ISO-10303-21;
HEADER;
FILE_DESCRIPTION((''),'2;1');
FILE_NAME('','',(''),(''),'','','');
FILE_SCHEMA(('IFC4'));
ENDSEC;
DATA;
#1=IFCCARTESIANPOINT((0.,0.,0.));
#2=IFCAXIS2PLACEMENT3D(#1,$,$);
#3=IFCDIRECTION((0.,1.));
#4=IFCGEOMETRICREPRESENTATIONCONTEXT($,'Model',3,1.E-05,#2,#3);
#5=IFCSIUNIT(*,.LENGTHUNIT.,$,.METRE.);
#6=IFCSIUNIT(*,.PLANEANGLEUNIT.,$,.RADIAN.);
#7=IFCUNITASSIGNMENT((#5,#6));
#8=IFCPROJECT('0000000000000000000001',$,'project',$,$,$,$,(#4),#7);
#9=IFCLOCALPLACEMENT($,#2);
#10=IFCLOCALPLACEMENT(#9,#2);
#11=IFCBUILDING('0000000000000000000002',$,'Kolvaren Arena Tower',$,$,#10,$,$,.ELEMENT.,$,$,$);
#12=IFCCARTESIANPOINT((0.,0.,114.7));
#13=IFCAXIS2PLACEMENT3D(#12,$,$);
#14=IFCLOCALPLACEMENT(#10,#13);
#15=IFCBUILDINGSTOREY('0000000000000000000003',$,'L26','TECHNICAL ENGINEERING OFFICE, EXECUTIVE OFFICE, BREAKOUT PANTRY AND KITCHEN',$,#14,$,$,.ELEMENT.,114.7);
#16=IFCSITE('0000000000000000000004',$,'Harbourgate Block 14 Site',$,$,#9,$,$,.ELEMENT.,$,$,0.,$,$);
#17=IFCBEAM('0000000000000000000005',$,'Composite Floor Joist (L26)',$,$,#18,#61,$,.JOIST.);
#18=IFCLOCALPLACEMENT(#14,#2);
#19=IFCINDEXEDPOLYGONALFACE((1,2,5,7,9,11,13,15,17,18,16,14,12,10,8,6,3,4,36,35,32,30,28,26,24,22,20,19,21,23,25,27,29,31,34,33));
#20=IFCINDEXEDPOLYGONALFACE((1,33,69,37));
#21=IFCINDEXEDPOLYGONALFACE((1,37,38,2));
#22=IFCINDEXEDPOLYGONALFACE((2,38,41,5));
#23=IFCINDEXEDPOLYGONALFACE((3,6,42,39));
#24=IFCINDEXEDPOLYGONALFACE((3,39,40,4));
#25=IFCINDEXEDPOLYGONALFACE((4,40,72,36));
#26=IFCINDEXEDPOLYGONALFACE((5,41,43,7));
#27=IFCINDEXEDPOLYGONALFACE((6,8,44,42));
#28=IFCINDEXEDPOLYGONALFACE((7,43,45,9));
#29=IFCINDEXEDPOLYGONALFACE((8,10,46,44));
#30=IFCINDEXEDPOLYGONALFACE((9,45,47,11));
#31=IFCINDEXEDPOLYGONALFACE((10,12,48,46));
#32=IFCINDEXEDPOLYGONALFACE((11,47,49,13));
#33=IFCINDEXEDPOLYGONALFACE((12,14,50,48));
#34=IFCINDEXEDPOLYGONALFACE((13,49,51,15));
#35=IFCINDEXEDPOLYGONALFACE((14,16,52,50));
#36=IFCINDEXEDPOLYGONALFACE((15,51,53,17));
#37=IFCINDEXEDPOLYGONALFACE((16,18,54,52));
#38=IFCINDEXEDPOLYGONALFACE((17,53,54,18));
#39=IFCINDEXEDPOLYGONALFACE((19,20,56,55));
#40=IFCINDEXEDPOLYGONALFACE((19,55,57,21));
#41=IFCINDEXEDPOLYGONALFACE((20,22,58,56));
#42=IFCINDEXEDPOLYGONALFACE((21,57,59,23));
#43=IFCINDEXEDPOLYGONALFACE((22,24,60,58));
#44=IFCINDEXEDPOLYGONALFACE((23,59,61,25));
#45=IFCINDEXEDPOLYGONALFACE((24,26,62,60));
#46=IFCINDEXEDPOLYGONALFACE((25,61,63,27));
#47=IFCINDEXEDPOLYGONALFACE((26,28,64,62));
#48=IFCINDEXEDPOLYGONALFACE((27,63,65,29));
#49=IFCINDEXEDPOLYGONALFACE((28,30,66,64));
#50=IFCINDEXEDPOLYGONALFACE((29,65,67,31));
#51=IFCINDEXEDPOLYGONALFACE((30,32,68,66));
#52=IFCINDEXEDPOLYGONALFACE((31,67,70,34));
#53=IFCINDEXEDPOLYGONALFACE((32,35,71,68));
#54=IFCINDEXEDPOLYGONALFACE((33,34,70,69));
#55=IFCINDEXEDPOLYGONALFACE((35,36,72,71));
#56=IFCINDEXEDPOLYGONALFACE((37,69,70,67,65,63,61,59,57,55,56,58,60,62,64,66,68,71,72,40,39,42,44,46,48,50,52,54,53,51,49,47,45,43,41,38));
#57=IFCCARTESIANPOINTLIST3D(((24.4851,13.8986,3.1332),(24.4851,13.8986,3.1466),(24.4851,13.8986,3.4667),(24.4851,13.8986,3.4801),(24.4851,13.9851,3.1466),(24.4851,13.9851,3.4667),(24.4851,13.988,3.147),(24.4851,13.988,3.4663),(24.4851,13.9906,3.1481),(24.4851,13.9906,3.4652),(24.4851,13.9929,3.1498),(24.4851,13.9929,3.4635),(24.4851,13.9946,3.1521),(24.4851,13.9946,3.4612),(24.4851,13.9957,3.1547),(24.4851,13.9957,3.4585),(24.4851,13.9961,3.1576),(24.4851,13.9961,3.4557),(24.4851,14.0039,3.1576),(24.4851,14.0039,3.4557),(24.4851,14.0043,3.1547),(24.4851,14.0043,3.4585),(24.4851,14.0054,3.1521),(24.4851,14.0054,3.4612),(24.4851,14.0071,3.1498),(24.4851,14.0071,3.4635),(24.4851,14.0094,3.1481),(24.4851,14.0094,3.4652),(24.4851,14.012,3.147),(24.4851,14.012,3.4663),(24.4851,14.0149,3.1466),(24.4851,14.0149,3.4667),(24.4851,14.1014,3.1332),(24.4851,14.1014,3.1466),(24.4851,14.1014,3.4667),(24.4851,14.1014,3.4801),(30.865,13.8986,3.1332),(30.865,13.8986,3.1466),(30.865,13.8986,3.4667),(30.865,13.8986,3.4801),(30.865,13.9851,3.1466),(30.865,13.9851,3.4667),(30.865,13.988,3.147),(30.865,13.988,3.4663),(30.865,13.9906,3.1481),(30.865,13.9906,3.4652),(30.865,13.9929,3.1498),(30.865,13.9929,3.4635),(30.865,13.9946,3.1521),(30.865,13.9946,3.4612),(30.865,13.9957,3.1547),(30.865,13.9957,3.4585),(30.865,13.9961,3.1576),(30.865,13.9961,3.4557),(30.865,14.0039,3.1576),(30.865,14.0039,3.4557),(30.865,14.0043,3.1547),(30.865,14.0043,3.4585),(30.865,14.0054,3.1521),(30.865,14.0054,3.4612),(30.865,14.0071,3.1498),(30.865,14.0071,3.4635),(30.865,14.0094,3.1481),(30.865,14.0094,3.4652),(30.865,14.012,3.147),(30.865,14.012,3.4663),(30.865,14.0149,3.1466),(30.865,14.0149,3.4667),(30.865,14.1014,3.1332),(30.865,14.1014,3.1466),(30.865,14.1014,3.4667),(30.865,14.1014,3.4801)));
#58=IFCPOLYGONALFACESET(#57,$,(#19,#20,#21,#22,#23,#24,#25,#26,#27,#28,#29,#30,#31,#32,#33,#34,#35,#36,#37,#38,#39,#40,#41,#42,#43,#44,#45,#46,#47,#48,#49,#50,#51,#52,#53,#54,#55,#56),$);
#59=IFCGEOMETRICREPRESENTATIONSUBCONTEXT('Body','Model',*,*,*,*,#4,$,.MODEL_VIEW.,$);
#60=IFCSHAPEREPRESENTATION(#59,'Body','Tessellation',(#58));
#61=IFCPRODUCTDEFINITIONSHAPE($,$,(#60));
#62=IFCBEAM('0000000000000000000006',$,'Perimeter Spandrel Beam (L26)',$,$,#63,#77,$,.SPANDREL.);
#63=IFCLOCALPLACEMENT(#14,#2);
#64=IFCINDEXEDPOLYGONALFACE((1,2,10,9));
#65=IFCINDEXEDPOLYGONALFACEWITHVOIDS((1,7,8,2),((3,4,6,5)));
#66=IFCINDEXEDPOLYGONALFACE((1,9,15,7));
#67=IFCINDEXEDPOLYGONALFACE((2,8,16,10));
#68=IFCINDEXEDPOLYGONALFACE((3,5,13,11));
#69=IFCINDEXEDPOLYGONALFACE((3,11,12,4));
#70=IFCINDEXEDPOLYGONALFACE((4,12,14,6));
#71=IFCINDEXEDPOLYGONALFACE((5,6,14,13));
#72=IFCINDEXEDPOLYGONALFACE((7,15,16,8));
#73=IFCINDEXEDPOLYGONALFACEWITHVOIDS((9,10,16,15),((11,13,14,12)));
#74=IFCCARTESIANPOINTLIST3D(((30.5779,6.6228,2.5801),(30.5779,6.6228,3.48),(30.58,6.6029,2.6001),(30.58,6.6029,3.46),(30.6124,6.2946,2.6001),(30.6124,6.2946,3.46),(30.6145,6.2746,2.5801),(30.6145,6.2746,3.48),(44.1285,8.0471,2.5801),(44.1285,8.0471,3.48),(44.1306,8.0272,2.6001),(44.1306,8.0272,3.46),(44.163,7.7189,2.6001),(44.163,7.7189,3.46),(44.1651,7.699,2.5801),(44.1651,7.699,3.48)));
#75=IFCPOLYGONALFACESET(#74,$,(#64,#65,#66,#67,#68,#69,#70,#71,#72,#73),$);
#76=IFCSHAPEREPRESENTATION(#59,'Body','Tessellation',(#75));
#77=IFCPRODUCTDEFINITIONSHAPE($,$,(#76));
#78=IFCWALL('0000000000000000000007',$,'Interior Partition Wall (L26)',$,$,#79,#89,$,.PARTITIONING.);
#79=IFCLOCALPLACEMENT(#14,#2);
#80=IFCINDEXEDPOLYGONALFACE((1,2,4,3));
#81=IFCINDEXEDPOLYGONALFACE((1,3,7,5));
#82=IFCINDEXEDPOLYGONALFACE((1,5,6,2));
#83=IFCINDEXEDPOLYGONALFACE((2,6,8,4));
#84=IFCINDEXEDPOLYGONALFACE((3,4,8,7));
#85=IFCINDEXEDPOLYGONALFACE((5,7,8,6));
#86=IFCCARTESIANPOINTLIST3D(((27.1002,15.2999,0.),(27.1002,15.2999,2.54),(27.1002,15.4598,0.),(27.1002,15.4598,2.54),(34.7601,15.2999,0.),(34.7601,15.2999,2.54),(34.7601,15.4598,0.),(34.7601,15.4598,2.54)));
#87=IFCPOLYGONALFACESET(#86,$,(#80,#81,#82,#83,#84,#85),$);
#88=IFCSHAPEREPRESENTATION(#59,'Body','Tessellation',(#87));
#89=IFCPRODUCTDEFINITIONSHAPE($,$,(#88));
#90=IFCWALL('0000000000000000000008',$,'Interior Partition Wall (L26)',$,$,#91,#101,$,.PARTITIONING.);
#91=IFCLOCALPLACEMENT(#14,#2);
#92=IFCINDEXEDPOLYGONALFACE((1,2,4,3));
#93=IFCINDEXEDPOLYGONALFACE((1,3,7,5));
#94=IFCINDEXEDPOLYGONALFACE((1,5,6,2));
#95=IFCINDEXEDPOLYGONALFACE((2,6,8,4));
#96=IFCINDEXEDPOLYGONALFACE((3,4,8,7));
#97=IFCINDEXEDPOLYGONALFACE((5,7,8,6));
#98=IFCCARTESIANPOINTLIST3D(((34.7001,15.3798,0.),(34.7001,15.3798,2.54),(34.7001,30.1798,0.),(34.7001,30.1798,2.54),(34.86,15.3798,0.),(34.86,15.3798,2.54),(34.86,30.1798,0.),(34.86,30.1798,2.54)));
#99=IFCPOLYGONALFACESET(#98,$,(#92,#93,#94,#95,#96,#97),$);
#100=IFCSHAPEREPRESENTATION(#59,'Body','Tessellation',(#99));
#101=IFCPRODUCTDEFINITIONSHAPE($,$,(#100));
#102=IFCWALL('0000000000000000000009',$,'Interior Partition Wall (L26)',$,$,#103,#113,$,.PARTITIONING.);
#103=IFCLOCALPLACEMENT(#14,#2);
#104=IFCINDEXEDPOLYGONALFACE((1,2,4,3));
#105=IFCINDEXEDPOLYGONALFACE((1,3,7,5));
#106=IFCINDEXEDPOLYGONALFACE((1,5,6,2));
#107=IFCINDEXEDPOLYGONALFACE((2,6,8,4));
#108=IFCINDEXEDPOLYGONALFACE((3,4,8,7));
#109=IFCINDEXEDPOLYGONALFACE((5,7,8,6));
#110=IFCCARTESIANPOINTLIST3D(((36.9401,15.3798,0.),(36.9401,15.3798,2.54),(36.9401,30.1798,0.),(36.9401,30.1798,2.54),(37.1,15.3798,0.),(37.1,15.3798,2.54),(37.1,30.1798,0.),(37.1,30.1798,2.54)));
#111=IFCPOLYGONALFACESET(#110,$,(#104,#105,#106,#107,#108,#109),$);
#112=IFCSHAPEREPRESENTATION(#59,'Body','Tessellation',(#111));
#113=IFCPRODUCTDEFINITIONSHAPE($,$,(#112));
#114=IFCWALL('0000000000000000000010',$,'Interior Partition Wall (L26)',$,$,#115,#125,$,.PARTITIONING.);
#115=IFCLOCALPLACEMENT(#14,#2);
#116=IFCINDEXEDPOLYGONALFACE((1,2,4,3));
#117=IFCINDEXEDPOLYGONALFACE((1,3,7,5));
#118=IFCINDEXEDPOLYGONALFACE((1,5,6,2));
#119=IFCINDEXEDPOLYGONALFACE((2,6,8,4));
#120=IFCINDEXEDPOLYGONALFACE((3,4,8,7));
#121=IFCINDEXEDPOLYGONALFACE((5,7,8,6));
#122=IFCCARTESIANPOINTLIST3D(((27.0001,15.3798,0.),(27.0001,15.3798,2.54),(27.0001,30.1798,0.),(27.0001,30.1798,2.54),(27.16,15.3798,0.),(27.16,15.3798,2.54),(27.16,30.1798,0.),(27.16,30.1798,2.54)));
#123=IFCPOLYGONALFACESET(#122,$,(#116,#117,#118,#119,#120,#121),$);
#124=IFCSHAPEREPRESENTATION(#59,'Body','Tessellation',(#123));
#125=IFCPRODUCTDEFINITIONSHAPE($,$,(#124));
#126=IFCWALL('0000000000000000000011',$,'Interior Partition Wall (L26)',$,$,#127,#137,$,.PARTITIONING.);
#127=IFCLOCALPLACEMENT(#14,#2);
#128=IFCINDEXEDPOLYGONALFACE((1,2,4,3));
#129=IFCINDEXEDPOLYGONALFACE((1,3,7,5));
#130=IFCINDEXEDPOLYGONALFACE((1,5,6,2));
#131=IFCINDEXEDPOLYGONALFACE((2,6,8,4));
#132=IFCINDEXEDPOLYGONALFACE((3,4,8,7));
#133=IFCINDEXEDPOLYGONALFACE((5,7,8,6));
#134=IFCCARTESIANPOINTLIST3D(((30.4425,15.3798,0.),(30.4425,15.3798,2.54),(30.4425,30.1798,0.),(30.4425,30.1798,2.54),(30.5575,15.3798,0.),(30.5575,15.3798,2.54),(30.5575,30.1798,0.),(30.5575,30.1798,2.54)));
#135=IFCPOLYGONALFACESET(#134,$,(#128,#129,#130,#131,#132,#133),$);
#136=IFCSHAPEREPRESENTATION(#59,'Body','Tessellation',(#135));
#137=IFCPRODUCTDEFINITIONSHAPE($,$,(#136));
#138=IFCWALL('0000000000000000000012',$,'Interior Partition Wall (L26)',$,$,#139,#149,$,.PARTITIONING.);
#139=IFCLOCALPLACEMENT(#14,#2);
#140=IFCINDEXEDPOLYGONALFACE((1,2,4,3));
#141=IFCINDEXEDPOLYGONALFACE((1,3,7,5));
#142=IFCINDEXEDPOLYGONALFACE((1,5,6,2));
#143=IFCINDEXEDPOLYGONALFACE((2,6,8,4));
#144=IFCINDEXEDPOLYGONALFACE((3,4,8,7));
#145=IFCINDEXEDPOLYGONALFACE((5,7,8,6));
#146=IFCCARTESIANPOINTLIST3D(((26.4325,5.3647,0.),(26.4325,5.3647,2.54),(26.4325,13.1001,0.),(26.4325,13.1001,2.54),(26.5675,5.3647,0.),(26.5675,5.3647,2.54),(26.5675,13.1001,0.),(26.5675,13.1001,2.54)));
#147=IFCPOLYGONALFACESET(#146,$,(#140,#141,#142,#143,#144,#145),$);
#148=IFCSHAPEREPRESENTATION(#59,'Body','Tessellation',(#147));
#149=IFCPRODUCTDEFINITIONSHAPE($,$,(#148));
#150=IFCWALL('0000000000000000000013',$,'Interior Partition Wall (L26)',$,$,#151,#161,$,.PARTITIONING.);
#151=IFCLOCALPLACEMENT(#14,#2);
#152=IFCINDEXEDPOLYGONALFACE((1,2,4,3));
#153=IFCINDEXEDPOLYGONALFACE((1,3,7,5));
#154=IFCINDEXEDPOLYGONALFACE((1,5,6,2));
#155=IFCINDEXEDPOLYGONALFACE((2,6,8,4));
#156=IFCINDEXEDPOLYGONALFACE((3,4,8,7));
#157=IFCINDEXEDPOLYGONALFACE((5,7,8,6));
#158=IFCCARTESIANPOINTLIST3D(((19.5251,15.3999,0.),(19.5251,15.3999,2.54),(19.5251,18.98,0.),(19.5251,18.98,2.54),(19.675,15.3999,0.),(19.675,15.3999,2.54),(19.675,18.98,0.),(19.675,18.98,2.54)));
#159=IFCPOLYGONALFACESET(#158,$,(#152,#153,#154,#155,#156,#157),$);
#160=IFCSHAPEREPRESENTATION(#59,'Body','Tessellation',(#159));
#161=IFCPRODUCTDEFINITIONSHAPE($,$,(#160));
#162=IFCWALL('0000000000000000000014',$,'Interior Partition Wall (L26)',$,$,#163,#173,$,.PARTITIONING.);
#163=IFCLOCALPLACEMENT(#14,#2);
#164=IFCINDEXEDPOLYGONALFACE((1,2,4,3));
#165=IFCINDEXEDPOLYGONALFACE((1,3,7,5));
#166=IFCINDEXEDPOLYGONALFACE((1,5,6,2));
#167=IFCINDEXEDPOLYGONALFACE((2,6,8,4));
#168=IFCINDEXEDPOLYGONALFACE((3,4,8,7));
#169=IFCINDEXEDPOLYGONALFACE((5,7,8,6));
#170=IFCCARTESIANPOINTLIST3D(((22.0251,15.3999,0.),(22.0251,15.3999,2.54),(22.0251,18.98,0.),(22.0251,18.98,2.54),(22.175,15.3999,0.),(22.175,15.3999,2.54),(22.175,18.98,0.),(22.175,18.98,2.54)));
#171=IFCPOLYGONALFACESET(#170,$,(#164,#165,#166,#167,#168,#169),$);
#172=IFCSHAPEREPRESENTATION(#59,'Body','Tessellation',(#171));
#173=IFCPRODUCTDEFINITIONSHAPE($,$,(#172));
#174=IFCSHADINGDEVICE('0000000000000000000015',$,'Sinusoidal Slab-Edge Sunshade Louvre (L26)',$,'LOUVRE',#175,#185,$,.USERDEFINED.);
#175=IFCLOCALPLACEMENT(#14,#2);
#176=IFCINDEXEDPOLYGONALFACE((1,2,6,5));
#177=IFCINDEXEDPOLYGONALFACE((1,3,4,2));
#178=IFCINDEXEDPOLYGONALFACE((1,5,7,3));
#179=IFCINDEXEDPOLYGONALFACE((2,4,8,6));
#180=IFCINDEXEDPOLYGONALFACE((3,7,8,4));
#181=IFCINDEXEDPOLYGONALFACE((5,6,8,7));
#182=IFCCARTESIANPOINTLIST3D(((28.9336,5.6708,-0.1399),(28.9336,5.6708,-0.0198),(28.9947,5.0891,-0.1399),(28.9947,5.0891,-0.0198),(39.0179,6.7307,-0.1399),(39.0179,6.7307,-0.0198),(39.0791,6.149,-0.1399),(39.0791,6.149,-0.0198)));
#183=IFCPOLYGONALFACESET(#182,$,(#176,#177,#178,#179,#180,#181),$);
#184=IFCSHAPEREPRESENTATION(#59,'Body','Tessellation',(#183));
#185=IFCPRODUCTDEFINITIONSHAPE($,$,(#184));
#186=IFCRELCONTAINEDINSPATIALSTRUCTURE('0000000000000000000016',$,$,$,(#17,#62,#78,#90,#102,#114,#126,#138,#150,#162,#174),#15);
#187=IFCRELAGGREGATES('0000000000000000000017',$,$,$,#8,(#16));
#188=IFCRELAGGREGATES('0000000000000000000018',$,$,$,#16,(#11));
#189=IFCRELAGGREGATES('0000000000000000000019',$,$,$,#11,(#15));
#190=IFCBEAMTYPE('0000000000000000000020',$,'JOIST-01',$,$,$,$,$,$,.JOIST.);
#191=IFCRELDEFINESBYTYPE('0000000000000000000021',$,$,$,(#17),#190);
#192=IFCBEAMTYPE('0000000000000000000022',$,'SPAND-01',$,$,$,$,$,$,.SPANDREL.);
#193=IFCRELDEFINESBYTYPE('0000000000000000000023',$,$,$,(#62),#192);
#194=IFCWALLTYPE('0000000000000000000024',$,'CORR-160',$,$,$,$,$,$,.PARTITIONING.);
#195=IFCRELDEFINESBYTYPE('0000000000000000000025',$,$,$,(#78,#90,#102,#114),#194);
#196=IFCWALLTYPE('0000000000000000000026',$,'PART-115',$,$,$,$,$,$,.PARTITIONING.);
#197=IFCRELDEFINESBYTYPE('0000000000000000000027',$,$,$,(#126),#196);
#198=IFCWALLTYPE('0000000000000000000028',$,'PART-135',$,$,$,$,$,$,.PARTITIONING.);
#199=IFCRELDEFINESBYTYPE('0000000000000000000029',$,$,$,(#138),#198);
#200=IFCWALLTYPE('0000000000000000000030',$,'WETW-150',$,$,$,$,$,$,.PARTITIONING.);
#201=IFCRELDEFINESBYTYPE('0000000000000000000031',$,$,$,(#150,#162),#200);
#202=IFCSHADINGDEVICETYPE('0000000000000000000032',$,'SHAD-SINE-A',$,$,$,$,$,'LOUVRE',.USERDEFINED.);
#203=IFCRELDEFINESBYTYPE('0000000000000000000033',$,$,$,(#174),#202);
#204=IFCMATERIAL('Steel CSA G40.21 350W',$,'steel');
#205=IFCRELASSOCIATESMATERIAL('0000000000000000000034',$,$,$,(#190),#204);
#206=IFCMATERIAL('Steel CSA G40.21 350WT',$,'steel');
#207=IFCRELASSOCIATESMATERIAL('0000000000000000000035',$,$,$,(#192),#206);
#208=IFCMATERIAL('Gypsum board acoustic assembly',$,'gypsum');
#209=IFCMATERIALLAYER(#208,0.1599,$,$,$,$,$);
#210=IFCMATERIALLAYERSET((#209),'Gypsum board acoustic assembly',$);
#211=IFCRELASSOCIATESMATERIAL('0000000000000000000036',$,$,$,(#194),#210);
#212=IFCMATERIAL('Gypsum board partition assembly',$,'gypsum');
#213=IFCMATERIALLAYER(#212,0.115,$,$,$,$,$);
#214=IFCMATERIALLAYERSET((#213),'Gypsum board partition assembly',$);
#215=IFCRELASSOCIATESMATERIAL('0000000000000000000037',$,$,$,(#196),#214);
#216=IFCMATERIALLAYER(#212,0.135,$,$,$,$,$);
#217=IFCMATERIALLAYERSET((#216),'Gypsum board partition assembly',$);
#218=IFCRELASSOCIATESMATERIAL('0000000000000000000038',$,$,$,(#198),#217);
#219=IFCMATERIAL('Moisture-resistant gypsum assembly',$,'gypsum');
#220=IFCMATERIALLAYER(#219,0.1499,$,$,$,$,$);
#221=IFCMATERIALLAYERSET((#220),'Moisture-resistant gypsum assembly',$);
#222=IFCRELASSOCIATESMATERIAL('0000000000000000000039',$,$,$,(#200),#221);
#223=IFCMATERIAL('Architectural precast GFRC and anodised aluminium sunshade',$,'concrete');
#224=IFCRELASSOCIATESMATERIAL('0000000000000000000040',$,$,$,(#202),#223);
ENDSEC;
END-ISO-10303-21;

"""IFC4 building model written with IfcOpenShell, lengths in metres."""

from ifc_helpers import new_model, si_unit, direction, frame, frame_2d, origin, origin_2d, place, context, subcontext, project, spatial, rectangle, hollow_rectangle, i_section, extrude, material, layer, layer_set, material_profile, profile_set, type_object, element, save


model = new_model("IFC4")

# Units and contexts
model_context = context("Model", 3, precision=1e-05, world=origin(), true_north=direction((0.0, 1.0)))
body_context = subcontext(model_context, "Body", "Model", "MODEL_VIEW")
ifc_project = project(units=[si_unit("LENGTHUNIT", "METRE"), si_unit("PLANEANGLEUNIT", "RADIAN")], contexts=[model_context])

# Site, building, storey
site_placement = place(None, origin())
site = spatial("IfcSite", under=ifc_project, at=site_placement, Name="Harbourgate Block 14 Site", CompositionType="ELEMENT", RefElevation=0.0)
building_placement = place(site_placement, origin())
building = spatial("IfcBuilding", under=site, at=building_placement, Name="Kolvaren Arena Tower", CompositionType="ELEMENT")
storey_placement = place(building_placement, frame((0.0, 0.0, 114.7)))
storey = spatial("IfcBuildingStorey", under=building, at=storey_placement, Name="L26", Description="TECHNICAL ENGINEERING OFFICE, EXECUTIVE OFFICE, BREAKOUT PANTRY AND KITCHEN", CompositionType="ELEMENT", Elevation=114.7)

# Beams
ifc_material_1 = material(Name="Steel CSA G40.21 350W", Category="steel")
ifc_material_profile_1 = material_profile(ifc_material_1, i_section(OverallWidth=0.2029, OverallDepth=0.3469, WebThickness=0.0078, FlangeThickness=0.0134, FilletRadius=0.011, at=origin_2d()), Name="W360x64")
ifc_profile_set_1 = profile_set([ifc_material_profile_1], Name="Steel CSA G40.21 350W")
beam_type_1 = type_object("IfcBeamType", Name="JOIST-01", PredefinedType="JOIST", material=ifc_profile_set_1)
beam_1_placement = place(storey_placement, frame((24.4851, 14.0, 3.3066), z_axis=(1.0, 0.0, 0.0), x_axis=(0.0, 1.0, 0.0)))
element("IfcBeam", 1, at=beam_1_placement, inside=storey, type_object=beam_type_1, Name="Composite Floor Joist (L26)", PredefinedType="JOIST", context=body_context, shape_type="SweptSolid", body=[
    extrude(i_section(OverallWidth=0.2029, OverallDepth=0.3469, WebThickness=0.0078, FlangeThickness=0.0134, FilletRadius=0.011, at=origin_2d()), origin(), (0.0, 0.0, 1.0), 6.3799),
])
ifc_material_2 = material(Name="Steel CSA G40.21 350WT", Category="steel")
ifc_material_profile_2 = material_profile(ifc_material_2, hollow_rectangle(XDim=0.3501, YDim=0.8999, WallThickness=0.02, at=origin_2d()), Name="HSS 900x350x20")
ifc_profile_set_2 = profile_set([ifc_material_profile_2], Name="Steel CSA G40.21 350WT")
beam_type_2 = type_object("IfcBeamType", Name="SPAND-01", PredefinedType="SPANDREL", material=ifc_profile_set_2)
beam_2_placement = place(storey_placement, frame((30.5962, 6.4487, 3.03), z_axis=(0.994521, 0.104536, 0.0), x_axis=(-0.104536, 0.994521, 0.0)))
element("IfcBeam", 2, at=beam_2_placement, inside=storey, type_object=beam_type_2, Name="Perimeter Spandrel Beam (L26)", PredefinedType="SPANDREL", context=body_context, shape_type="SweptSolid", body=[
    extrude(hollow_rectangle(XDim=0.3501, YDim=0.8999, WallThickness=0.02, at=origin_2d()), origin(), (0.0, 0.0, 1.0), 13.6252),
])

# Walls
ifc_material_3 = material(Name="Gypsum board acoustic assembly", Category="gypsum")
ifc_layer_1 = layer(ifc_material_3, 0.1599)
ifc_layer_set_1 = layer_set([ifc_layer_1], Name="Gypsum board acoustic assembly")
wall_type_1 = type_object("IfcWallType", Name="CORR-160", PredefinedType="PARTITIONING", material=ifc_layer_set_1)
wall_1_placement = place(storey_placement, frame((27.1001, 15.3799, 0.0), z_axis=(0.0, 0.0, 1.0), x_axis=(1.0, 0.0, 0.0)))
element("IfcWall", 3, at=wall_1_placement, inside=storey, type_object=wall_type_1, Name="Interior Partition Wall (L26)", PredefinedType="PARTITIONING", context=body_context, shape_type="SweptSolid", body=[
    extrude(rectangle(XDim=7.6599, YDim=0.1599, at=frame_2d((3.8301, 0.0))), origin(), (0.0, 0.0, 1.0), 2.54),
])
for number, where, z_axis, x_axis, name in (
    (4, (34.78, 15.3799, 0.0), (0.0, 0.0, 1.0), (0.0, 1.0, 0.0), "Interior Partition Wall (L26)"),
    (5, (37.02, 15.3799, 0.0), (0.0, 0.0, 1.0), (0.0, 1.0, 0.0), "Interior Partition Wall (L26)"),
    (6, (27.0801, 15.3799, 0.0), (0.0, 0.0, 1.0), (0.0, 1.0, 0.0), "Interior Partition Wall (L26)"),
):
    element("IfcWall", number, at=place(storey_placement, frame(where, z_axis=z_axis, x_axis=x_axis)), inside=storey, type_object=wall_type_1, Name=name, PredefinedType="PARTITIONING", context=body_context, shape_type="SweptSolid", body=[
        extrude(rectangle(XDim=14.8, YDim=0.1599, at=frame_2d((7.3999, 0.0))), origin(), (0.0, 0.0, 1.0), 2.54),
    ])
ifc_material_4 = material(Name="Gypsum board partition assembly", Category="gypsum")
ifc_layer_2 = layer(ifc_material_4, 0.115)
ifc_layer_set_2 = layer_set([ifc_layer_2], Name="Gypsum board partition assembly")
wall_type_2 = type_object("IfcWallType", Name="PART-115", PredefinedType="PARTITIONING", material=ifc_layer_set_2)
wall_2_placement = place(storey_placement, frame((30.5, 15.3799, 0.0), z_axis=(0.0, 0.0, 1.0), x_axis=(0.0, 1.0, 0.0)))
element("IfcWall", 7, at=wall_2_placement, inside=storey, type_object=wall_type_2, Name="Interior Partition Wall (L26)", PredefinedType="PARTITIONING", context=body_context, shape_type="SweptSolid", body=[
    extrude(rectangle(XDim=14.8, YDim=0.115, at=frame_2d((7.3999, 0.0))), origin(), (0.0, 0.0, 1.0), 2.54),
])
ifc_layer_3 = layer(ifc_material_4, 0.135)
ifc_layer_set_3 = layer_set([ifc_layer_3], Name="Gypsum board partition assembly")
wall_type_3 = type_object("IfcWallType", Name="PART-135", PredefinedType="PARTITIONING", material=ifc_layer_set_3)
wall_3_placement = place(storey_placement, frame((26.5, 5.3647, 0.0), z_axis=(0.0, 0.0, 1.0), x_axis=(0.0, 1.0, 0.0)))
element("IfcWall", 8, at=wall_3_placement, inside=storey, type_object=wall_type_3, Name="Interior Partition Wall (L26)", PredefinedType="PARTITIONING", context=body_context, shape_type="SweptSolid", body=[
    extrude(rectangle(XDim=7.7354, YDim=0.135, at=frame_2d((3.8677, 0.0))), origin(), (0.0, 0.0, 1.0), 2.54),
])
ifc_material_5 = material(Name="Moisture-resistant gypsum assembly", Category="gypsum")
ifc_layer_4 = layer(ifc_material_5, 0.1499)
ifc_layer_set_4 = layer_set([ifc_layer_4], Name="Moisture-resistant gypsum assembly")
wall_type_4 = type_object("IfcWallType", Name="WETW-150", PredefinedType="PARTITIONING", material=ifc_layer_set_4)
for number, where, z_axis, x_axis, name in (
    (9, (19.6001, 15.3999, 0.0), (0.0, 0.0, 1.0), (0.0, 1.0, 0.0), "Interior Partition Wall (L26)"),
    (10, (22.1001, 15.3999, 0.0), (0.0, 0.0, 1.0), (0.0, 1.0, 0.0), "Interior Partition Wall (L26)"),
):
    element("IfcWall", number, at=place(storey_placement, frame(where, z_axis=z_axis, x_axis=x_axis)), inside=storey, type_object=wall_type_4, Name=name, PredefinedType="PARTITIONING", context=body_context, shape_type="SweptSolid", body=[
        extrude(rectangle(XDim=3.5801, YDim=0.1499, at=frame_2d((1.79, 0.0))), origin(), (0.0, 0.0, 1.0), 2.54),
    ])

# Shading device
ifc_material_6 = material(Name="Architectural precast GFRC and anodised aluminium sunshade", Category="concrete")
shading_device_type_1 = type_object("IfcShadingDeviceType", Name="SHAD-SINE-A", ElementType="LOUVRE", PredefinedType="USERDEFINED", material=ifc_material_6)
shading_device_1_placement = place(storey_placement, frame((34.0063, 5.9099, -0.1399), z_axis=(0.0, 0.0, 1.0), x_axis=(-0.994522, -0.104527, 0.0)))
element("IfcShadingDevice", 11, at=shading_device_1_placement, inside=storey, type_object=shading_device_type_1, Name="Sinusoidal Slab-Edge Sunshade Louvre (L26)", ObjectType="LOUVRE", PredefinedType="USERDEFINED", context=body_context, shape_type="SweptSolid", body=[
    extrude(rectangle(XDim=10.1399, YDim=0.585, at=origin_2d()), origin(), (0.0, 0.0, 1.0), 0.1201),
])

save(model, "model.ifc")
